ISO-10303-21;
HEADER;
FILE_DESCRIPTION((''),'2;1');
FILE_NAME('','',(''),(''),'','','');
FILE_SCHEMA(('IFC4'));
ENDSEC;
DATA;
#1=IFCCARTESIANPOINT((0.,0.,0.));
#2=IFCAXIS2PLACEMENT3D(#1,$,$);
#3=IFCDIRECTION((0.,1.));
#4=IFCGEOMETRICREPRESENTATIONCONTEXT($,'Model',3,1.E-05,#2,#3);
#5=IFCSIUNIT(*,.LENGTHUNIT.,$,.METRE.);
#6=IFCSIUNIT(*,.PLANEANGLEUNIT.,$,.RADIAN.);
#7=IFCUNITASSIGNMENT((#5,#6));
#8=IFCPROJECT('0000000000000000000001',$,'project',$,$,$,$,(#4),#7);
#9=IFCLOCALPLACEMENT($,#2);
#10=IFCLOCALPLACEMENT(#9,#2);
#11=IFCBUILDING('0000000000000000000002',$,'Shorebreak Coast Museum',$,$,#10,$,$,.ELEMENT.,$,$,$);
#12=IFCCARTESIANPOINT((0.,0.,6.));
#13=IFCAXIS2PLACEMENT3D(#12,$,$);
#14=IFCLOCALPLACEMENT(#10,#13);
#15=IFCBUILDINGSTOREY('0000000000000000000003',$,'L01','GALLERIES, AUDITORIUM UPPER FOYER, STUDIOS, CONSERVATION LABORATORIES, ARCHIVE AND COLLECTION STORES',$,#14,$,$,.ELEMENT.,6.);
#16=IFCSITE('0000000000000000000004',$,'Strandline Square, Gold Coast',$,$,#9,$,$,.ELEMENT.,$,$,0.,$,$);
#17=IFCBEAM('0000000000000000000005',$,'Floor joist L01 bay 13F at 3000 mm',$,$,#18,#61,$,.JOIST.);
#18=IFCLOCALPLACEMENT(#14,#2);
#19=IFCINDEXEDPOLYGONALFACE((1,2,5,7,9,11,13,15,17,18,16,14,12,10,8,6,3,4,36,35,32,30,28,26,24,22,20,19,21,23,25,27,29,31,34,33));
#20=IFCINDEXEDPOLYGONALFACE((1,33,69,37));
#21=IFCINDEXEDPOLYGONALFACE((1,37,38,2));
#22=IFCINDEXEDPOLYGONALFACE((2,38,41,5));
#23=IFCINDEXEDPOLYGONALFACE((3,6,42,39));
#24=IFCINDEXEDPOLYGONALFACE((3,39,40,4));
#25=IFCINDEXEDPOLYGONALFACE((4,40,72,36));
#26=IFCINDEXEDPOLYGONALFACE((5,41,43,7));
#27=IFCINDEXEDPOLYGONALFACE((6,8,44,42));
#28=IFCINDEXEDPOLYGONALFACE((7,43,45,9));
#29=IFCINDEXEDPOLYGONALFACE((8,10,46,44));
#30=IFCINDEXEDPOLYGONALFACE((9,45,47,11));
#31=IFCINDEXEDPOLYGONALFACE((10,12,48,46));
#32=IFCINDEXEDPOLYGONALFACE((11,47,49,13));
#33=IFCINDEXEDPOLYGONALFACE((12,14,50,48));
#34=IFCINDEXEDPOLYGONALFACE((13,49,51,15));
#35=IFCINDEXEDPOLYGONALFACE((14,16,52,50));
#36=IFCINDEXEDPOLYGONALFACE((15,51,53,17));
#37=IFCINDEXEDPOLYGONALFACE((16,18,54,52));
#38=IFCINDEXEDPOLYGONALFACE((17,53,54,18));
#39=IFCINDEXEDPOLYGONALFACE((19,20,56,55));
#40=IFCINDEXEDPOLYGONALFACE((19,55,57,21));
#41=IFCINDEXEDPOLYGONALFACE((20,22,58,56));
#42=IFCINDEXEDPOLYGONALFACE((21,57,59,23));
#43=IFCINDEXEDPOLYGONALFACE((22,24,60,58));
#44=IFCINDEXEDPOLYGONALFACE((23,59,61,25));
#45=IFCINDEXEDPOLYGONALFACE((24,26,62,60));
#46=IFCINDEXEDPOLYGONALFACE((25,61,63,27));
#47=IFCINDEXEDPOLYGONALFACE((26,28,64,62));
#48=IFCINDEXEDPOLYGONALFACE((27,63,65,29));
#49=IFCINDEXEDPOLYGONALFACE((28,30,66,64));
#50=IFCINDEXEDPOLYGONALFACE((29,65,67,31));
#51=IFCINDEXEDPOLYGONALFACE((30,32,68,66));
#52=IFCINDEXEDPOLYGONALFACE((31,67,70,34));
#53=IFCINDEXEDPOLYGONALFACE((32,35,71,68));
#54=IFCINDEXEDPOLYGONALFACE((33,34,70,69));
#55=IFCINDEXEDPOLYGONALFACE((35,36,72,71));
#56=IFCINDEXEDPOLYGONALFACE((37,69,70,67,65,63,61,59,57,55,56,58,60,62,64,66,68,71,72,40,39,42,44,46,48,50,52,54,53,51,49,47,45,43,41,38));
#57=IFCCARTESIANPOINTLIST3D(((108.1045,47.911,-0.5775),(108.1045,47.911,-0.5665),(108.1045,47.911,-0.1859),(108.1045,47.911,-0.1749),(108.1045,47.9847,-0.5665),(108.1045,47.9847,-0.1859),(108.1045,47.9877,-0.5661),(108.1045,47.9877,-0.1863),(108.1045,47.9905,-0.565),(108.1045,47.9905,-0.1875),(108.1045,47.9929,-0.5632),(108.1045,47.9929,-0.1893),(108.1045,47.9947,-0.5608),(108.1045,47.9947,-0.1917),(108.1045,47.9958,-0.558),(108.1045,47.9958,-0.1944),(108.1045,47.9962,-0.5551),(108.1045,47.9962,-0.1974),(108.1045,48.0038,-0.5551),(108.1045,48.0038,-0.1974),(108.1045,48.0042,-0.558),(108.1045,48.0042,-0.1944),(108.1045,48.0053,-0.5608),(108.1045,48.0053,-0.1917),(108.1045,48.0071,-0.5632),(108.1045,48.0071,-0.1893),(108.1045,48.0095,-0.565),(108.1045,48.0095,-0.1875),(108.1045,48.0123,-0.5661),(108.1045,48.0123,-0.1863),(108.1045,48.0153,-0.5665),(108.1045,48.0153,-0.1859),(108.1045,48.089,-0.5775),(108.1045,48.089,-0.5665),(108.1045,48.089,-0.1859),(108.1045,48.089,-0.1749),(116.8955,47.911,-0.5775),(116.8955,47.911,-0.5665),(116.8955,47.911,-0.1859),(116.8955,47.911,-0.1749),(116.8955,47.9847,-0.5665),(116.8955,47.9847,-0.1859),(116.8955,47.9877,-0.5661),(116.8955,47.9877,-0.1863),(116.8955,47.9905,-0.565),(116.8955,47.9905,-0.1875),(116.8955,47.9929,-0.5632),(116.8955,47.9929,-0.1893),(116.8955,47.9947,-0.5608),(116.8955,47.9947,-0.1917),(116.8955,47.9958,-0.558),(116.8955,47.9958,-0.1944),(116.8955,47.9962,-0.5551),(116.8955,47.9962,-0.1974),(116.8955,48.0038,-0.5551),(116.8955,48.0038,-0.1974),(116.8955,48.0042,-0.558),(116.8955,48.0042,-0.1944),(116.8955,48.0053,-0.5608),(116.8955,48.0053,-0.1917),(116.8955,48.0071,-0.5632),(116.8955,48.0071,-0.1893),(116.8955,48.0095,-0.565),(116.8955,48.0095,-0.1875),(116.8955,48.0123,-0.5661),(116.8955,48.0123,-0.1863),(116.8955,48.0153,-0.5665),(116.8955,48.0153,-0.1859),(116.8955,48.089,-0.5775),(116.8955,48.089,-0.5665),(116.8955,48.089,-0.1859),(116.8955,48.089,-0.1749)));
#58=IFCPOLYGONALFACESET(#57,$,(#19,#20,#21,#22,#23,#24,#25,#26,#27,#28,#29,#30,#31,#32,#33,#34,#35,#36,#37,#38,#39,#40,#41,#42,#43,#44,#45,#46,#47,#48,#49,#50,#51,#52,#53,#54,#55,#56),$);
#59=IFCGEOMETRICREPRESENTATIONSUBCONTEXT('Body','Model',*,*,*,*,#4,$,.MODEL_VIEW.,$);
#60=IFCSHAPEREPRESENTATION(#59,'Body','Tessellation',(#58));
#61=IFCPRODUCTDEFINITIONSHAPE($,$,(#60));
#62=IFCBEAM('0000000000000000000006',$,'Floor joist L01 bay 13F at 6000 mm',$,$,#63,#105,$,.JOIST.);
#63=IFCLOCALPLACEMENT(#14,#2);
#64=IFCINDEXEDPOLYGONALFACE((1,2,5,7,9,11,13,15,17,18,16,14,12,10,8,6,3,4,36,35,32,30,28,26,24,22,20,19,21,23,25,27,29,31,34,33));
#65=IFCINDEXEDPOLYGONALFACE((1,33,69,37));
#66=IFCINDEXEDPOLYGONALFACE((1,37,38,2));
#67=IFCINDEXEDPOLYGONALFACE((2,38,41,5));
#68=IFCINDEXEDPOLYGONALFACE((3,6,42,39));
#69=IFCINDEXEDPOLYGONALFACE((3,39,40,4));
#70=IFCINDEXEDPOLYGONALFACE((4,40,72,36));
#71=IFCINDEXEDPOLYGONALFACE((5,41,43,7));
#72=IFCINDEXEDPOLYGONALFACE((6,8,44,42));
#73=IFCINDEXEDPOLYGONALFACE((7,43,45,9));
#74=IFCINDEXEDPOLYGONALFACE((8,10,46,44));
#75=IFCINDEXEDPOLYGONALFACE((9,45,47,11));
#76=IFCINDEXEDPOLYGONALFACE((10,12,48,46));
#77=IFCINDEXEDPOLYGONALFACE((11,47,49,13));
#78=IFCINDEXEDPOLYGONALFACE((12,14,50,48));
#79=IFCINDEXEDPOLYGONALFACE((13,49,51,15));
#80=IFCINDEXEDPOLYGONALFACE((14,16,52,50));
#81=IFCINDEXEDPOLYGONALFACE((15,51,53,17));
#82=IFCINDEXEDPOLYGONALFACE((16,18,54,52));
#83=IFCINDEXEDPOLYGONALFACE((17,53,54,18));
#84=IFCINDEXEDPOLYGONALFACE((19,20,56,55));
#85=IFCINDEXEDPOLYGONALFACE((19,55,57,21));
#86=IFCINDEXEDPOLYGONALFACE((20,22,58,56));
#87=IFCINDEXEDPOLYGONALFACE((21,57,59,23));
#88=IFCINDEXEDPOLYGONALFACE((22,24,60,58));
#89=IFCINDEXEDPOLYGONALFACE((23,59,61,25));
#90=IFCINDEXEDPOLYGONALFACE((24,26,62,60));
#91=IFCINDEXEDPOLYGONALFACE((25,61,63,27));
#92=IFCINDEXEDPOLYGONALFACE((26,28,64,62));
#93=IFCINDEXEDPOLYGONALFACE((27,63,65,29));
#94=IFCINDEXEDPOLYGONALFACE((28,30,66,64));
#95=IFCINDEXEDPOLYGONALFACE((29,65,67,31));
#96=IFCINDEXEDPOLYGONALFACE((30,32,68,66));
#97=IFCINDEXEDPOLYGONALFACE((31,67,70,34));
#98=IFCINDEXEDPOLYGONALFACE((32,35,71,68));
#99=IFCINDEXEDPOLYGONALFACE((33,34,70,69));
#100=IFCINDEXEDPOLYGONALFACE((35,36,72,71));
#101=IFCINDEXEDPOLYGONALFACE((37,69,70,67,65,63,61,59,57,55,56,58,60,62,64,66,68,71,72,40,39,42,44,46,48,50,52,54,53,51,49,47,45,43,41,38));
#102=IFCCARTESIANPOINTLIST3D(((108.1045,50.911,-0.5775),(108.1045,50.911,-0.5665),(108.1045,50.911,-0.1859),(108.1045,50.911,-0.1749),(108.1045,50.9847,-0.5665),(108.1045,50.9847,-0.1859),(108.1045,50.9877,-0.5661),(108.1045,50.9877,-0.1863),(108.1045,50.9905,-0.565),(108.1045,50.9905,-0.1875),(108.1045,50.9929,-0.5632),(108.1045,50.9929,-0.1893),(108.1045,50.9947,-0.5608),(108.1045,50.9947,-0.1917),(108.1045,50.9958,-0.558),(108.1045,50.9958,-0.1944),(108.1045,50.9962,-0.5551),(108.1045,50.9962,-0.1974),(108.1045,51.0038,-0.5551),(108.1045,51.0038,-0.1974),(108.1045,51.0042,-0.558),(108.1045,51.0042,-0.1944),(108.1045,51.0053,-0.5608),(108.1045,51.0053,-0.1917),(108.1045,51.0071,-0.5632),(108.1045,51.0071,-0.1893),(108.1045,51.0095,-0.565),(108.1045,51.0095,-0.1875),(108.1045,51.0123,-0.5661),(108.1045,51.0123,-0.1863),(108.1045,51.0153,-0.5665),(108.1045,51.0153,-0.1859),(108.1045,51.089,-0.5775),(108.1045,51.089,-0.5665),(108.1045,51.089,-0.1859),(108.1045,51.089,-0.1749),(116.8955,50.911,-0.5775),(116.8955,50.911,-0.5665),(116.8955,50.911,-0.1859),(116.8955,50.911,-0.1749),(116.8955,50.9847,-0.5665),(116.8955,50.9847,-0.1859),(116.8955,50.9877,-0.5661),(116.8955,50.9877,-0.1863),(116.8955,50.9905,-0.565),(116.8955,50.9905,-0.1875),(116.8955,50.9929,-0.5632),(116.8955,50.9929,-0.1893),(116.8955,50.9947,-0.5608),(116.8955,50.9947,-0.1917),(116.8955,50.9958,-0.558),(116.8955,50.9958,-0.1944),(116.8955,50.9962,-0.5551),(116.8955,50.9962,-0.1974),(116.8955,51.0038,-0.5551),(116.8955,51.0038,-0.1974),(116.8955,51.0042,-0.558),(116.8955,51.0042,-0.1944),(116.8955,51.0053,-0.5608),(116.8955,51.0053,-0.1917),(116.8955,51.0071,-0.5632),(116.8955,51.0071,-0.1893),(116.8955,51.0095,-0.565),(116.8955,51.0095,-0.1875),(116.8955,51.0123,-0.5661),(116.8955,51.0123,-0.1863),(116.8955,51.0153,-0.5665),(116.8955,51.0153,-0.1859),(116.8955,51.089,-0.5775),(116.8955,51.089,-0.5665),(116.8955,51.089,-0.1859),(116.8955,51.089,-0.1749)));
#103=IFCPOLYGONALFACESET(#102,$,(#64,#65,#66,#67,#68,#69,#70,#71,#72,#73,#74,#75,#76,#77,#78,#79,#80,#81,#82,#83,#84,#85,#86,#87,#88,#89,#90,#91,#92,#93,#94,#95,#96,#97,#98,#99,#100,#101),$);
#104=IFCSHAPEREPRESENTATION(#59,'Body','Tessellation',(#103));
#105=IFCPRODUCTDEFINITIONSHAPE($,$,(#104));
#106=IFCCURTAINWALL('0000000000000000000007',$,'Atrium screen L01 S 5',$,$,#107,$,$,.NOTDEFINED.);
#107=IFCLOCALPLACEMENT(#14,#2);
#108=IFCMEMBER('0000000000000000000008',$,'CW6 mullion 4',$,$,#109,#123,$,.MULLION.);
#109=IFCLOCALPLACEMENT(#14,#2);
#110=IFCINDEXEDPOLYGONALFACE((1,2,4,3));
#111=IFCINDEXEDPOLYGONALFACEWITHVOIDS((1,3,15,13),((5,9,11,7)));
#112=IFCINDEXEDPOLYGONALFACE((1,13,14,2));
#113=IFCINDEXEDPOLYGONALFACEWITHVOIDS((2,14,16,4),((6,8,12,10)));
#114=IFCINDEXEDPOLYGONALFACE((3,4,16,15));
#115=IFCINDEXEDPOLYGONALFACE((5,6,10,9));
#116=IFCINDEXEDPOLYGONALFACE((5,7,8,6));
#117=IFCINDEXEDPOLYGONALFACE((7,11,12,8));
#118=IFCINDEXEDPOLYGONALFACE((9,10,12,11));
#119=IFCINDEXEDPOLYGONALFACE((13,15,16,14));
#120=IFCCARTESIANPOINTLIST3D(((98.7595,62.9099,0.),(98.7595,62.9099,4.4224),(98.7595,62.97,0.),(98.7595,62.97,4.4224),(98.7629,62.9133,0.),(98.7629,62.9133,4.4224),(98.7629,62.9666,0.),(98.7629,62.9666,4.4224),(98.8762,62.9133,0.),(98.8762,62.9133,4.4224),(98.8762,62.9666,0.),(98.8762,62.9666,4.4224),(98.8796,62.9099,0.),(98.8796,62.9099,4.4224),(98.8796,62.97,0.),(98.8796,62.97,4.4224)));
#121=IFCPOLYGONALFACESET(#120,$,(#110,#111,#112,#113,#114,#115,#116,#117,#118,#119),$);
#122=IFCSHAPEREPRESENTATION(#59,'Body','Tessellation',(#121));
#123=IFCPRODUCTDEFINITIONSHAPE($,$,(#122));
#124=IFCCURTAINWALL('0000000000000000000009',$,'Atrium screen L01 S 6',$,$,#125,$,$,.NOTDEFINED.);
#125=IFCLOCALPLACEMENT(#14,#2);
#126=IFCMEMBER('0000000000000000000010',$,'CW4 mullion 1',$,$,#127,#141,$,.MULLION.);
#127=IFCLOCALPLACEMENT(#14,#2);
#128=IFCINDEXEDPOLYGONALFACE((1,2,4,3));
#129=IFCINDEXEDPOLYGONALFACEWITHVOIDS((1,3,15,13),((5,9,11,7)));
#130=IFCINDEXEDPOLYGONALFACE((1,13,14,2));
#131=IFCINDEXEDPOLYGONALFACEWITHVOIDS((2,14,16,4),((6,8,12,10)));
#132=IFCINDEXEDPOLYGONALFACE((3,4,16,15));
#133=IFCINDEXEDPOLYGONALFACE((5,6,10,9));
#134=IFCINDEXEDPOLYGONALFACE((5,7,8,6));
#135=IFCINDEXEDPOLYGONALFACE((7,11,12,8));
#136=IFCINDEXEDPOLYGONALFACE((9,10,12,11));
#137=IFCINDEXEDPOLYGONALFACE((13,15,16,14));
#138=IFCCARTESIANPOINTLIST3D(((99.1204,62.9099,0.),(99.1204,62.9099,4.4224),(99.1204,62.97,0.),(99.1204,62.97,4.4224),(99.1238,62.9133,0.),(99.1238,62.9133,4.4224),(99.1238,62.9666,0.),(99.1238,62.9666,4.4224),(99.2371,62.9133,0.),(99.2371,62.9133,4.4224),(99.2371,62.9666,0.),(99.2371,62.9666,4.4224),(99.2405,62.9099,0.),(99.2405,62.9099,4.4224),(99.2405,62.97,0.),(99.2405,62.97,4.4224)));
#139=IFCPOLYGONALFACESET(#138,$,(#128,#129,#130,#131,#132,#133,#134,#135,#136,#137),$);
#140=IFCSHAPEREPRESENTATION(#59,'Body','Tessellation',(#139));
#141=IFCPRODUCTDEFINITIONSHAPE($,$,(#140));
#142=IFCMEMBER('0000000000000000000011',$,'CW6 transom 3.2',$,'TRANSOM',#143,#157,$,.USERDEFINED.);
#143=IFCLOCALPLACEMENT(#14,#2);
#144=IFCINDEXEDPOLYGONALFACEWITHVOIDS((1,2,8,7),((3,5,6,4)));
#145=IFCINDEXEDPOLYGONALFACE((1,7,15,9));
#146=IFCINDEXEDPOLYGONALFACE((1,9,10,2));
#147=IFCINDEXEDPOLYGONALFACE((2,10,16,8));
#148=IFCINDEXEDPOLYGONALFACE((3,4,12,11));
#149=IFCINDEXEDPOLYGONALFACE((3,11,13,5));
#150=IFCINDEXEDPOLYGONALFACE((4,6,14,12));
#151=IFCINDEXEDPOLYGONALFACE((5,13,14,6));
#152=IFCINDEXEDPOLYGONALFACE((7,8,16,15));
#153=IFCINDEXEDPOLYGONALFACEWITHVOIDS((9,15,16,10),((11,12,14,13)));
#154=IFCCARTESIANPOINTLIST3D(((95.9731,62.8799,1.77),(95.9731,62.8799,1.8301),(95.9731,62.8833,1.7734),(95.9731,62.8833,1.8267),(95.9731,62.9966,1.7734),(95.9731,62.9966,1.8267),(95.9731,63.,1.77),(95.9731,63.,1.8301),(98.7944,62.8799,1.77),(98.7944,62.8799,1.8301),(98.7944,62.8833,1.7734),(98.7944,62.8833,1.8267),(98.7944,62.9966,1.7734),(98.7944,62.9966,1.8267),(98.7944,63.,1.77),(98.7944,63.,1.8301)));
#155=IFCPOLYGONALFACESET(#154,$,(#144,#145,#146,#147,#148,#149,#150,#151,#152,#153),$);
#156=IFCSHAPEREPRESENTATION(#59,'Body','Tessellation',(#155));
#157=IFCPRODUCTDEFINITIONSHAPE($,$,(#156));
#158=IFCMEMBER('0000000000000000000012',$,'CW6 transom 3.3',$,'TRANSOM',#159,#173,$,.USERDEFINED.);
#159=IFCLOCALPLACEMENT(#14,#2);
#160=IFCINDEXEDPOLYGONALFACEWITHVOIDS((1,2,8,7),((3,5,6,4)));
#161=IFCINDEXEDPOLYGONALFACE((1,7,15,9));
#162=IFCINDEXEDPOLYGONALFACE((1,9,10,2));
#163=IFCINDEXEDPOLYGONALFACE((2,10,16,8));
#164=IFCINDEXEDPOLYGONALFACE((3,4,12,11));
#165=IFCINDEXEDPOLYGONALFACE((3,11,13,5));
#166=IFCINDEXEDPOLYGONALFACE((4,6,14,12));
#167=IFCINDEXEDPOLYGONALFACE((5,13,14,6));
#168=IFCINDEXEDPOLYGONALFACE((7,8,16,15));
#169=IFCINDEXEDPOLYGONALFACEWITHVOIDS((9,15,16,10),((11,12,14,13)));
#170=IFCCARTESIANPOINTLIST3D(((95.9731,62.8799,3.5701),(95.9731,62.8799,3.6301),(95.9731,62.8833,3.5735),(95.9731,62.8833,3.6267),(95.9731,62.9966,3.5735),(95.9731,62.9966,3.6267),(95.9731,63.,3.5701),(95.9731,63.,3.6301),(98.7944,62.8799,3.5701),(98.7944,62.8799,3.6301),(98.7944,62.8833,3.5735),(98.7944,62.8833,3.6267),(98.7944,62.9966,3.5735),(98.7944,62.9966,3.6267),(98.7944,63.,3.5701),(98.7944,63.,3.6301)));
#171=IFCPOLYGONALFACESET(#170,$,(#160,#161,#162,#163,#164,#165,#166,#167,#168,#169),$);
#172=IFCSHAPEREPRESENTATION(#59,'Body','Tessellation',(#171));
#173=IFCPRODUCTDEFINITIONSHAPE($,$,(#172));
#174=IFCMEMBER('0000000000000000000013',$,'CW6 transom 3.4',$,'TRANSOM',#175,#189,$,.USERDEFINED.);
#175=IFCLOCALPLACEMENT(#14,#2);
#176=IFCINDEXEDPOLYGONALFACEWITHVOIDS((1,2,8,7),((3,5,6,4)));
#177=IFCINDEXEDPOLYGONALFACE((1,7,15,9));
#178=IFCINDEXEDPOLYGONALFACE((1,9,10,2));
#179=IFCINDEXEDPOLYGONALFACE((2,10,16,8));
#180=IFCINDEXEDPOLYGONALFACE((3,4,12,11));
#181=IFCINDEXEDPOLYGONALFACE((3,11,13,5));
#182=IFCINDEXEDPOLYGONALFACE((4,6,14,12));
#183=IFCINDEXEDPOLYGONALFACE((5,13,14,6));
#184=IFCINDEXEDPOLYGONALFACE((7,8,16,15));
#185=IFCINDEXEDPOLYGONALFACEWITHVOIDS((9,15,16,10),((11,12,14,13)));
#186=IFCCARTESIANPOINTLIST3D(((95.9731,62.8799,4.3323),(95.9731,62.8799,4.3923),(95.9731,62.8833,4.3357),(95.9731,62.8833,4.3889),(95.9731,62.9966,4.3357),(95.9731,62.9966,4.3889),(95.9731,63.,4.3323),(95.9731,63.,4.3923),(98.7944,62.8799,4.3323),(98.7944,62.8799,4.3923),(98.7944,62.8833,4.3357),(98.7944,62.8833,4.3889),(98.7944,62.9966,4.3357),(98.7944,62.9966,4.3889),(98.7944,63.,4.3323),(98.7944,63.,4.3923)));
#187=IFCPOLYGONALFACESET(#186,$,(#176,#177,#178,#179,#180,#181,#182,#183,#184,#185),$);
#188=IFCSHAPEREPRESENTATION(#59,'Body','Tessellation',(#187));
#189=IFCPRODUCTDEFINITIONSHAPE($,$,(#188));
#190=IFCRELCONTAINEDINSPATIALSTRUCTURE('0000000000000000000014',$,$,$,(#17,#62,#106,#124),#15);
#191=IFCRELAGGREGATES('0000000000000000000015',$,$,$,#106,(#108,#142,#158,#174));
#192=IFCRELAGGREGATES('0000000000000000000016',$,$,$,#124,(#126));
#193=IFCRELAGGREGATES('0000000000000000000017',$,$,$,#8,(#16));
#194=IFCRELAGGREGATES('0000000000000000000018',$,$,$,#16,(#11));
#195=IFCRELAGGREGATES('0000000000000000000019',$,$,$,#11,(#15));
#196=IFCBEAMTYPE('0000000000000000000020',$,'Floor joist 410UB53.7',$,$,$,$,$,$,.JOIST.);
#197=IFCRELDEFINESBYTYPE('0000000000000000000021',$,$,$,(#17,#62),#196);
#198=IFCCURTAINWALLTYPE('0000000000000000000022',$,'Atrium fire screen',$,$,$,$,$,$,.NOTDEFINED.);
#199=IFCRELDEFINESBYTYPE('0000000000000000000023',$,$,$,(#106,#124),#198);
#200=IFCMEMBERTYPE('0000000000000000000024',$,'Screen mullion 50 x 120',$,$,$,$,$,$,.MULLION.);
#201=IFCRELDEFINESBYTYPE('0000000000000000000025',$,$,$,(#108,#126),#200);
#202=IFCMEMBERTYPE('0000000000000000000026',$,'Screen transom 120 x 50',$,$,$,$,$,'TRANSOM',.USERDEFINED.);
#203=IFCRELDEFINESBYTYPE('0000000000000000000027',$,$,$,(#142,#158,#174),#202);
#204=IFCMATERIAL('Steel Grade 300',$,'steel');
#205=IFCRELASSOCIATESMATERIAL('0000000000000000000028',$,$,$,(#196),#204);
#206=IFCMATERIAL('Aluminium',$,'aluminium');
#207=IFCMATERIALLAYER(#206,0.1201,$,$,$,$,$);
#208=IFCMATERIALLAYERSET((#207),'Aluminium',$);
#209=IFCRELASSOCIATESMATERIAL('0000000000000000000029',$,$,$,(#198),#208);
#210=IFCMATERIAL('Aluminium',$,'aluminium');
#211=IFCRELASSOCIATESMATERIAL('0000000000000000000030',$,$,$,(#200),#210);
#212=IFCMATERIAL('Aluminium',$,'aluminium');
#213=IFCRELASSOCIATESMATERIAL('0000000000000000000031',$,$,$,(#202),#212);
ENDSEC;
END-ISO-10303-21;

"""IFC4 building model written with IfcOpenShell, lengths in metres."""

from ifc_helpers import new_model, si_unit, direction, frame, origin, origin_2d, place, context, subcontext, project, spatial, hollow_rectangle, i_section, extrude, material, layer, layer_set, material_profile, profile_set, type_object, element, aggregate, save


model = new_model("IFC4")

# Units and contexts
model_context = context("Model", 3, precision=1e-05, world=origin(), true_north=direction((0.0, 1.0)))
body_context = subcontext(model_context, "Body", "Model", "MODEL_VIEW")
ifc_project = project(units=[si_unit("LENGTHUNIT", "METRE"), si_unit("PLANEANGLEUNIT", "RADIAN")], contexts=[model_context])

# Site, building, storey
site_placement = place(None, origin())
site = spatial("IfcSite", under=ifc_project, at=site_placement, Name="Strandline Square, Gold Coast", CompositionType="ELEMENT", RefElevation=0.0)
building_placement = place(site_placement, origin())
building = spatial("IfcBuilding", under=site, at=building_placement, Name="Shorebreak Coast Museum", CompositionType="ELEMENT")
storey_placement = place(building_placement, frame((0.0, 0.0, 6.0)))
storey = spatial("IfcBuildingStorey", under=building, at=storey_placement, Name="L01", Description="GALLERIES, AUDITORIUM UPPER FOYER, STUDIOS, CONSERVATION LABORATORIES, ARCHIVE AND COLLECTION STORES", CompositionType="ELEMENT", Elevation=6.0)

# Beams
ifc_material_1 = material(Name="Steel Grade 300", Category="steel")
ifc_material_profile_1 = material_profile(ifc_material_1, i_section(OverallWidth=0.178, OverallDepth=0.4026, WebThickness=0.0076, FlangeThickness=0.011, FilletRadius=0.0115, at=origin_2d()), Name="410UB53.7")
ifc_profile_set_1 = profile_set([ifc_material_profile_1], Name="Steel Grade 300")
beam_type_1 = type_object("IfcBeamType", Name="Floor joist 410UB53.7", PredefinedType="JOIST", material=ifc_profile_set_1)
for number, where, z_axis, x_axis, name in (
    (1, (108.1045, 48.0, -0.3762), (1.0, 0.0, 0.0), (0.0, 1.0, 0.0), "Floor joist L01 bay 13F at 3000 mm"),
    (2, (108.1045, 51.0, -0.3762), (1.0, 0.0, 0.0), (0.0, 1.0, 0.0), "Floor joist L01 bay 13F at 6000 mm"),
):
    element("IfcBeam", number, at=place(storey_placement, frame(where, z_axis=z_axis, x_axis=x_axis)), inside=storey, type_object=beam_type_1, Name=name, PredefinedType="JOIST", context=body_context, shape_type="SweptSolid", body=[
        extrude(i_section(OverallWidth=0.178, OverallDepth=0.4026, WebThickness=0.0076, FlangeThickness=0.011, FilletRadius=0.0115, at=origin_2d()), origin(), (0.0, 0.0, 1.0), 8.791),
    ])

# Curtain walls, members
ifc_material_2 = material(Name="Aluminium", Category="aluminium")
ifc_layer_1 = layer(ifc_material_2, 0.1201)
ifc_layer_set_1 = layer_set([ifc_layer_1], Name="Aluminium")
curtain_wall_type = type_object("IfcCurtainWallType", Name="Atrium fire screen", PredefinedType="NOTDEFINED", material=ifc_layer_set_1)
curtain_wall_1_placement = place(storey_placement, origin())
curtain_wall_1 = element("IfcCurtainWall", 3, at=curtain_wall_1_placement, inside=storey, type_object=curtain_wall_type, Name="Atrium screen L01 S 5", PredefinedType="NOTDEFINED")
ifc_material_3 = material(Name="Aluminium", Category="aluminium")
ifc_material_profile_2 = material_profile(ifc_material_3, hollow_rectangle(XDim=0.0601, YDim=0.1201, WallThickness=0.0034, at=origin_2d()), Name="AL 120x60 RHS")
ifc_profile_set_2 = profile_set([ifc_material_profile_2], Name="Aluminium")
member_type_1 = type_object("IfcMemberType", Name="Screen mullion 50 x 120", PredefinedType="MULLION", material=ifc_profile_set_2)
member_1_placement = place(storey_placement, frame((98.8196, 62.9399, 0.0), z_axis=(0.0, 0.0, 1.0), x_axis=(0.0, 1.0, 0.0)))
member_1 = element("IfcMember", 4, at=member_1_placement, type_object=member_type_1, Name="CW6 mullion 4", PredefinedType="MULLION", context=body_context, shape_type="SweptSolid", body=[
    extrude(hollow_rectangle(XDim=0.0601, YDim=0.1201, WallThickness=0.0034, at=origin_2d()), origin(), (0.0, 0.0, 1.0), 4.4224),
])
curtain_wall_2_placement = place(storey_placement, origin())
curtain_wall_2 = element("IfcCurtainWall", 5, at=curtain_wall_2_placement, inside=storey, type_object=curtain_wall_type, Name="Atrium screen L01 S 6", PredefinedType="NOTDEFINED")
member_2_placement = place(storey_placement, frame((99.1804, 62.9399, 0.0), z_axis=(0.0, 0.0, 1.0), x_axis=(0.0, 1.0, 0.0)))
member_2 = element("IfcMember", 6, at=member_2_placement, type_object=member_type_1, Name="CW4 mullion 1", PredefinedType="MULLION", context=body_context, shape_type="SweptSolid", body=[
    extrude(hollow_rectangle(XDim=0.0601, YDim=0.1201, WallThickness=0.0034, at=origin_2d()), origin(), (0.0, 0.0, 1.0), 4.4224),
])

# Members
ifc_material_4 = material(Name="Aluminium", Category="aluminium")
ifc_material_profile_3 = material_profile(ifc_material_4, hollow_rectangle(XDim=0.1201, YDim=0.0601, WallThickness=0.0034, at=origin_2d()), Name="AL 60x120 RHS")
ifc_profile_set_3 = profile_set([ifc_material_profile_3], Name="Aluminium")
member_type_2 = type_object("IfcMemberType", Name="Screen transom 120 x 50", ElementType="TRANSOM", PredefinedType="USERDEFINED", material=ifc_profile_set_3)
member_3_placement = place(storey_placement, frame((95.9731, 62.9399, 1.8), z_axis=(1.0, 0.0, 0.0), x_axis=(0.0, 1.0, 0.0)))
member_3 = element("IfcMember", 7, at=member_3_placement, type_object=member_type_2, Name="CW6 transom 3.2", ObjectType="TRANSOM", PredefinedType="USERDEFINED", context=body_context, shape_type="SweptSolid", body=[
    extrude(hollow_rectangle(XDim=0.1201, YDim=0.0601, WallThickness=0.0034, at=origin_2d()), origin(), (0.0, 0.0, 1.0), 2.8213),
])
member_4_placement = place(storey_placement, frame((95.9731, 62.9399, 3.6001), z_axis=(1.0, 0.0, 0.0), x_axis=(0.0, 1.0, 0.0)))
member_4 = element("IfcMember", 8, at=member_4_placement, type_object=member_type_2, Name="CW6 transom 3.3", ObjectType="TRANSOM", PredefinedType="USERDEFINED", context=body_context, shape_type="SweptSolid", body=[
    extrude(hollow_rectangle(XDim=0.1201, YDim=0.0601, WallThickness=0.0034, at=origin_2d()), origin(), (0.0, 0.0, 1.0), 2.8213),
])
member_5_placement = place(storey_placement, frame((95.9731, 62.9399, 4.3623), z_axis=(1.0, 0.0, 0.0), x_axis=(0.0, 1.0, 0.0)))
member_5 = element("IfcMember", 9, at=member_5_placement, type_object=member_type_2, Name="CW6 transom 3.4", ObjectType="TRANSOM", PredefinedType="USERDEFINED", context=body_context, shape_type="SweptSolid", body=[
    extrude(hollow_rectangle(XDim=0.1201, YDim=0.0601, WallThickness=0.0034, at=origin_2d()), origin(), (0.0, 0.0, 1.0), 2.8213),
])

aggregate(curtain_wall_1, [member_1, member_3, member_4, member_5])
aggregate(curtain_wall_2, [member_2])

save(model, "model.ifc")
